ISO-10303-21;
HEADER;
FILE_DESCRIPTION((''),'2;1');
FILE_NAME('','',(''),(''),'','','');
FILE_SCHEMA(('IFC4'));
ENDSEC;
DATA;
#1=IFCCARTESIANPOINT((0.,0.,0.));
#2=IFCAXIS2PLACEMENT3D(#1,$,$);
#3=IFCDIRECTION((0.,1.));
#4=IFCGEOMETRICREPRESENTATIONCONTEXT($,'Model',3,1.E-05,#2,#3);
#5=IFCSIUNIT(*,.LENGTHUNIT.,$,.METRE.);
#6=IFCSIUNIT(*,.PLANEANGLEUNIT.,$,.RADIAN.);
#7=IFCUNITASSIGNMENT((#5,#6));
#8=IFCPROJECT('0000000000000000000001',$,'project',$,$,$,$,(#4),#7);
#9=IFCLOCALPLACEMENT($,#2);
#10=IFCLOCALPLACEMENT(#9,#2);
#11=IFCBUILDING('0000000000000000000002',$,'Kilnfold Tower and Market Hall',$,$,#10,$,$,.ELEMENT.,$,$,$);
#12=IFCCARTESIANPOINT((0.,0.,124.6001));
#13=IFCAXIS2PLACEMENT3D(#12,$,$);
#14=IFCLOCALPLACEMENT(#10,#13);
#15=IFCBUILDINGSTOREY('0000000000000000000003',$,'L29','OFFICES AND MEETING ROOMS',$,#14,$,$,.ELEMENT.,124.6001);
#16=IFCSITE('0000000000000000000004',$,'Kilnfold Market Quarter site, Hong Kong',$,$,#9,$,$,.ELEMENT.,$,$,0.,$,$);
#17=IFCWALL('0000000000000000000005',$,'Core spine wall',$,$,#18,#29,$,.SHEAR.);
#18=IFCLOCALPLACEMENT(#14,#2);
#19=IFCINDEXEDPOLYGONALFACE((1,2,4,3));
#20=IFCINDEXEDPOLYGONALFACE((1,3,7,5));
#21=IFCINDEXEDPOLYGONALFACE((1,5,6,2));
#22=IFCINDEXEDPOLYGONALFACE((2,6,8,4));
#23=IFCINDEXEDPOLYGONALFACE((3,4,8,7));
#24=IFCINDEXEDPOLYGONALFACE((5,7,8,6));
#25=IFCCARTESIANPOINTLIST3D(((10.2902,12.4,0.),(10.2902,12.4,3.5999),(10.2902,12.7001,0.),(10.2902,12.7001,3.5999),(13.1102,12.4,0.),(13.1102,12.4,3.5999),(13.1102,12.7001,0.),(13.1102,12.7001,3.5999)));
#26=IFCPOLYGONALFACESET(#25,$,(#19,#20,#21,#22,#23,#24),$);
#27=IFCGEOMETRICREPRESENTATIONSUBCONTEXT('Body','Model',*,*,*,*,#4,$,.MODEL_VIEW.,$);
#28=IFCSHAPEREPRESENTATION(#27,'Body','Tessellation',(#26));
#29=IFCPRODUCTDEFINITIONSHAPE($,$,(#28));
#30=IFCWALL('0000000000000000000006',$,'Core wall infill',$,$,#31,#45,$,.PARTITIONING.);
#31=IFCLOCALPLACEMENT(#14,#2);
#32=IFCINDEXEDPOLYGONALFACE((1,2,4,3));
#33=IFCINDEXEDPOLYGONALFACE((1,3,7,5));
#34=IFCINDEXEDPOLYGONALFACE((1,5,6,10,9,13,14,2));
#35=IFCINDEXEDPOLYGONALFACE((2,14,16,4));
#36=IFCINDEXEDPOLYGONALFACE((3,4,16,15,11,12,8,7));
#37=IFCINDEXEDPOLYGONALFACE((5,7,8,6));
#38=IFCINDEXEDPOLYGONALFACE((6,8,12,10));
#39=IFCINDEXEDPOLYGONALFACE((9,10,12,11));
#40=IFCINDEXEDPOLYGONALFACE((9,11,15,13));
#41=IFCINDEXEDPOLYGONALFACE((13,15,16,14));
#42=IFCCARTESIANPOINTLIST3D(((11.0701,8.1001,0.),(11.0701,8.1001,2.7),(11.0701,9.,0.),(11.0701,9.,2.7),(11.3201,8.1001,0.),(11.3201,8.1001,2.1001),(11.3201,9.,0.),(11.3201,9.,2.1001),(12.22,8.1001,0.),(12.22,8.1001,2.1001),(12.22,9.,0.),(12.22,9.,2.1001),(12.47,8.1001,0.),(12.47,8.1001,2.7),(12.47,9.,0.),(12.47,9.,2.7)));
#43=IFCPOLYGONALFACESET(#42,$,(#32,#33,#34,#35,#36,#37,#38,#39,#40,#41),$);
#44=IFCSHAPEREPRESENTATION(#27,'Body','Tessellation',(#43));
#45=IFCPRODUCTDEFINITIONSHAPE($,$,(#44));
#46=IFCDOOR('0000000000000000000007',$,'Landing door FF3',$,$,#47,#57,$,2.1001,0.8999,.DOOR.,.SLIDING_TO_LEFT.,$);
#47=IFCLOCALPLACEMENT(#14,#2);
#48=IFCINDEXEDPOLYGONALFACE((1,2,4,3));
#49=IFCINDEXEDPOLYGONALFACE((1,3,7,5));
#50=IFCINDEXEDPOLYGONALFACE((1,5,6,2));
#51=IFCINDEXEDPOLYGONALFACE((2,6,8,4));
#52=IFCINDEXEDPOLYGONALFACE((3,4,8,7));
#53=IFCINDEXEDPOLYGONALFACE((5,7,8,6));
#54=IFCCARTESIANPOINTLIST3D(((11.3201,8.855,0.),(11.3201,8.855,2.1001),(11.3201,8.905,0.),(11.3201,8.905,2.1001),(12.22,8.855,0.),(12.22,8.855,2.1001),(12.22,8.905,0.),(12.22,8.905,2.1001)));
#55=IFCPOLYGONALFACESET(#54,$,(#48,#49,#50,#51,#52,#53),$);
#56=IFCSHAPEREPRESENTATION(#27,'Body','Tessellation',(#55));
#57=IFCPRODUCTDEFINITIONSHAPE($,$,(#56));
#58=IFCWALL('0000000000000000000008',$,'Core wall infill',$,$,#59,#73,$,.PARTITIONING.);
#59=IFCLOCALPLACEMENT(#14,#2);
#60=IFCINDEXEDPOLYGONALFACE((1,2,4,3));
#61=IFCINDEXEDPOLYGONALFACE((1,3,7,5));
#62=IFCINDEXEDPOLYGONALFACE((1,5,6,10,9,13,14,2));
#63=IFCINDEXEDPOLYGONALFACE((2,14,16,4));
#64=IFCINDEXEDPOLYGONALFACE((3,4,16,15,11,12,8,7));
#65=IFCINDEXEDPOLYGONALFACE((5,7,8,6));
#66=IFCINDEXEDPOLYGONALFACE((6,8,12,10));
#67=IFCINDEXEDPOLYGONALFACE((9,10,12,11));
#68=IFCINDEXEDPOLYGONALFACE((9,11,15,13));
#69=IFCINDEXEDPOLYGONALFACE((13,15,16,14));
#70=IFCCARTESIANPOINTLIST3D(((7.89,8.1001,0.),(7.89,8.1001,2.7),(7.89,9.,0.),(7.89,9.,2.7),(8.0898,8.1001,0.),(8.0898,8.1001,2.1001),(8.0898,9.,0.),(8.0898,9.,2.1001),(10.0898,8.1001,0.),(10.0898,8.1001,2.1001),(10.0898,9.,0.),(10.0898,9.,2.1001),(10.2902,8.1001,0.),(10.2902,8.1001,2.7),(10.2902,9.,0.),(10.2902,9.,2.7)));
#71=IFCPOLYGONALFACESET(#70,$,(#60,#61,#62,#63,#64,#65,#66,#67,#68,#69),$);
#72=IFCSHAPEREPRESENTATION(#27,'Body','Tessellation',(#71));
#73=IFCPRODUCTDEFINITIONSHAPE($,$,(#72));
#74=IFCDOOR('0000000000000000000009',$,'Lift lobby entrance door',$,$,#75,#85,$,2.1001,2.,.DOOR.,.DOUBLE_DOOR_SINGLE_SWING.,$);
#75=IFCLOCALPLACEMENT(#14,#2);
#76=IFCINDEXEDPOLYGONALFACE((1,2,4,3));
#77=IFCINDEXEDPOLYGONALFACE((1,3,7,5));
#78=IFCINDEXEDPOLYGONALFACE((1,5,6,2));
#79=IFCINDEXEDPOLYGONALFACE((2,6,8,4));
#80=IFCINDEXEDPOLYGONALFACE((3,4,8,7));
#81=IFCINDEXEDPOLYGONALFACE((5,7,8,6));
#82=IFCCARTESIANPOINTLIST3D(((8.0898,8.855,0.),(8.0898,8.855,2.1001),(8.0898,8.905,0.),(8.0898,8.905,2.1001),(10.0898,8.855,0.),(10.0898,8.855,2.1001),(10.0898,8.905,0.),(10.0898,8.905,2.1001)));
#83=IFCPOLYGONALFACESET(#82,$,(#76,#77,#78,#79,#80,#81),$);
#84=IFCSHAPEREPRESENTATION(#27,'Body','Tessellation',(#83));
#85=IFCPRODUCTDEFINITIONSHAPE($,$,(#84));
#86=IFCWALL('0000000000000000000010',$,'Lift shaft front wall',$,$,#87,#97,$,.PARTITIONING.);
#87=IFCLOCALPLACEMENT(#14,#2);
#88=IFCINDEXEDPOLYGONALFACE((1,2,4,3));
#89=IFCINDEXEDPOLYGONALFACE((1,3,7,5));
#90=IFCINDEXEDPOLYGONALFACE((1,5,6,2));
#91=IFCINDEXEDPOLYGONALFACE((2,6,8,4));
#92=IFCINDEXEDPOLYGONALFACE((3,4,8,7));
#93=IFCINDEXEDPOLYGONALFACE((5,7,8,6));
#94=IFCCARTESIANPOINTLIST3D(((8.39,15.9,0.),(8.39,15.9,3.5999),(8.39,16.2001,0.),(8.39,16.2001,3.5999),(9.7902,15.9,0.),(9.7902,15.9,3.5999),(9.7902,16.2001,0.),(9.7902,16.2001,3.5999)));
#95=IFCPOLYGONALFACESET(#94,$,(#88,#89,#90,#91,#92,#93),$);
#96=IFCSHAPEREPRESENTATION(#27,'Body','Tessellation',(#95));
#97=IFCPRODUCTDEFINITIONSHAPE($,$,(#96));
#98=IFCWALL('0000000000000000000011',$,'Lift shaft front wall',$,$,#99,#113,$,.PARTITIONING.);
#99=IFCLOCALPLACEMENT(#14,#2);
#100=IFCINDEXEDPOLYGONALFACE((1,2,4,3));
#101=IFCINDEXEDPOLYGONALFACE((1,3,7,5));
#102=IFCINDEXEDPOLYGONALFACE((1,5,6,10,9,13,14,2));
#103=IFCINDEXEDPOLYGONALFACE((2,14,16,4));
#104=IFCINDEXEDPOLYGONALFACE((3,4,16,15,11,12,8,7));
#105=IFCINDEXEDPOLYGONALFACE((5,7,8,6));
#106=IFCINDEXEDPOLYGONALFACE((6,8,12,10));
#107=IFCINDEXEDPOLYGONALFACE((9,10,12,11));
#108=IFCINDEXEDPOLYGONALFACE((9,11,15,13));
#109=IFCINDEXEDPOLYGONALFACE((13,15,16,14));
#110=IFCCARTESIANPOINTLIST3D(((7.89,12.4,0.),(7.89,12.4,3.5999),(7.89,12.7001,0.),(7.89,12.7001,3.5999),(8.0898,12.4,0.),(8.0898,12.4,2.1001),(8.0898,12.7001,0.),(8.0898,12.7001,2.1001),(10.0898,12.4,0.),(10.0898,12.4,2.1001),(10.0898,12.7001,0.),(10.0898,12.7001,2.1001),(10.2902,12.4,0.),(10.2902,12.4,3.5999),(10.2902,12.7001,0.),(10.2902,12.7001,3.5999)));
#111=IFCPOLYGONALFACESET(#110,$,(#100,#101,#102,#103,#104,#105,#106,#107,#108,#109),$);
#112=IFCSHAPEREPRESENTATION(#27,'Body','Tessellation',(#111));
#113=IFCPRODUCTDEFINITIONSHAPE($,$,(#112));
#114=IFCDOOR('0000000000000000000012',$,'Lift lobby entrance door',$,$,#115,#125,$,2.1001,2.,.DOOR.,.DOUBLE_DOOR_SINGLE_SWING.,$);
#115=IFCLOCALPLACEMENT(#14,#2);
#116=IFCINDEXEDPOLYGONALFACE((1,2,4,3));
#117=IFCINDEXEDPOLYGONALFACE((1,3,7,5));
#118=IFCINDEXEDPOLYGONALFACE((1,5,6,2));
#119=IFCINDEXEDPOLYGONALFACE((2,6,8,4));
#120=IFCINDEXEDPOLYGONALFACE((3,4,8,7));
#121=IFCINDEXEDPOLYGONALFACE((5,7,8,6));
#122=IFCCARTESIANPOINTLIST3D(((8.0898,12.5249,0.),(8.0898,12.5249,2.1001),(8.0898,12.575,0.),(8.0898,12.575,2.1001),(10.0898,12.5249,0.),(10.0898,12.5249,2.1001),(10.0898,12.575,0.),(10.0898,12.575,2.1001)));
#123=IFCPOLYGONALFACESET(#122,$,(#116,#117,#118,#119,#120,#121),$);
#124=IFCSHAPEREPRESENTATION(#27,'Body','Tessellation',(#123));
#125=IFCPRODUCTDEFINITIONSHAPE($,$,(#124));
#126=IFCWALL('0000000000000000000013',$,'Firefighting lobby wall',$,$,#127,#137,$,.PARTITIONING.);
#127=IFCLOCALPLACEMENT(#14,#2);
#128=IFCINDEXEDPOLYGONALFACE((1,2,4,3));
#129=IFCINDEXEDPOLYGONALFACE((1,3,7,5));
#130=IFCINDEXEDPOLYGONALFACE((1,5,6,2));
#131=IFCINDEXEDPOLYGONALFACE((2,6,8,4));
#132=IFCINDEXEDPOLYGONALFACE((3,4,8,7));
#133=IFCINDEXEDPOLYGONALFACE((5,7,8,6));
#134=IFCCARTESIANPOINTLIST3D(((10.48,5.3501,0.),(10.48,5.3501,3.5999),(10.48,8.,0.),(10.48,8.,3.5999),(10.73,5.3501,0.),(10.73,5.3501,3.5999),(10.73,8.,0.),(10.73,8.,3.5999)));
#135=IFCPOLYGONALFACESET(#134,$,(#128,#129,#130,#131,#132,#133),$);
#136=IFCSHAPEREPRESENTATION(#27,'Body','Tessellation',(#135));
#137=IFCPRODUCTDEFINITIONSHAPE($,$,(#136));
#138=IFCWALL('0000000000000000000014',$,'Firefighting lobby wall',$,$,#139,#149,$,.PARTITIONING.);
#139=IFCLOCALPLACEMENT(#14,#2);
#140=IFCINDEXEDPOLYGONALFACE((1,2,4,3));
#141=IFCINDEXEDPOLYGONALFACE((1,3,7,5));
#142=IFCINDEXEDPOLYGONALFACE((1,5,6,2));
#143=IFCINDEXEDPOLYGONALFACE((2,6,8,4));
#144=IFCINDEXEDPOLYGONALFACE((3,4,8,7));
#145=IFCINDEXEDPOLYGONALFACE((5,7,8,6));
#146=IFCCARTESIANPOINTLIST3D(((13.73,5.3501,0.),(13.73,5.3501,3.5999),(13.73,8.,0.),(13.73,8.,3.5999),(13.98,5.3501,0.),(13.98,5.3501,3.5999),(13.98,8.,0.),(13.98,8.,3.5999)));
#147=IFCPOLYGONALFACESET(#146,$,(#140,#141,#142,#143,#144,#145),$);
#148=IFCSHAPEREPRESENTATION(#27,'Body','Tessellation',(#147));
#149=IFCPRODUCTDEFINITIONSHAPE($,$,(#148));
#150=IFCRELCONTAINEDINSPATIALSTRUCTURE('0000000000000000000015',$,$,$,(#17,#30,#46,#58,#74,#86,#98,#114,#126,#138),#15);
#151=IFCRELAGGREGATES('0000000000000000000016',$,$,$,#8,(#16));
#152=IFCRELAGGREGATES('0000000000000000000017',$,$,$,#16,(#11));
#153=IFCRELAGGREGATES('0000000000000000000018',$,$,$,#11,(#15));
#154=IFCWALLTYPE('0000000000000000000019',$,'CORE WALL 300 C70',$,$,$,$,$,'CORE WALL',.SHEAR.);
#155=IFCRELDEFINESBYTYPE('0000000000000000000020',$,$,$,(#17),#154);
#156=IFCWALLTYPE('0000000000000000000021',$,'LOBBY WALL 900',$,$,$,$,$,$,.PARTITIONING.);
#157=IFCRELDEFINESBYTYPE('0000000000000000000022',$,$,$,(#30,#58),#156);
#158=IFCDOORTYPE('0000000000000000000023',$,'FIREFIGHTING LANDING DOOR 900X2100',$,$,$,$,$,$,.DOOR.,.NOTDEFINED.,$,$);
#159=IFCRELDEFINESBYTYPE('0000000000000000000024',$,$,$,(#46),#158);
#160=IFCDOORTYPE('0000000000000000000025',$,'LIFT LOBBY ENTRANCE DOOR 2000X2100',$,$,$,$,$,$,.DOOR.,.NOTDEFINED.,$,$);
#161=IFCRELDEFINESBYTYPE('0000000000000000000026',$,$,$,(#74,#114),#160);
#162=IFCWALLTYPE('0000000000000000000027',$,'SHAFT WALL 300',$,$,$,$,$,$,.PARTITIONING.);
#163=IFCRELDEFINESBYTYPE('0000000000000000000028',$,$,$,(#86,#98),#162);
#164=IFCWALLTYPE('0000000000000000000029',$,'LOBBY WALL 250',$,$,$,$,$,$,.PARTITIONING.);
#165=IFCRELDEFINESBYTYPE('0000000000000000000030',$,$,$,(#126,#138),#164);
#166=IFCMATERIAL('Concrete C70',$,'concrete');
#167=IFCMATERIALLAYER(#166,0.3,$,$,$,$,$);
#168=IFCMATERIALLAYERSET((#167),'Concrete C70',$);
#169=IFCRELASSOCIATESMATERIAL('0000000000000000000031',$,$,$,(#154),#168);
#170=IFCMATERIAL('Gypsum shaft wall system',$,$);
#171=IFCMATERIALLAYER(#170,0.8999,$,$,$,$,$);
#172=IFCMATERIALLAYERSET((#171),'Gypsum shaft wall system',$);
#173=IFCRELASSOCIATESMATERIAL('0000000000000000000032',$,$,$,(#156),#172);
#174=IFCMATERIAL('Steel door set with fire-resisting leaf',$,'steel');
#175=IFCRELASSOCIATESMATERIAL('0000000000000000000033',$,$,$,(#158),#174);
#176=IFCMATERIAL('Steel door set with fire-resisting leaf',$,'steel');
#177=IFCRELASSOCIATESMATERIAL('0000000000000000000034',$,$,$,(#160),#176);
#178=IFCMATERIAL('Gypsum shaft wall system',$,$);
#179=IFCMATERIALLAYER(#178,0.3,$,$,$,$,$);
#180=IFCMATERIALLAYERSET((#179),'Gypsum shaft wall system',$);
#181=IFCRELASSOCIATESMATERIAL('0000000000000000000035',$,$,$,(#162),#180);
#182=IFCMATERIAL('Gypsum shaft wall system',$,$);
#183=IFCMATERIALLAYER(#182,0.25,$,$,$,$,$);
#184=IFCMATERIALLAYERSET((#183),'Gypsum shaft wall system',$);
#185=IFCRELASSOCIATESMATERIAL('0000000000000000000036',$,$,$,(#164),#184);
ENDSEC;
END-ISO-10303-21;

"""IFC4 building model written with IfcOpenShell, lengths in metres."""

from ifc_helpers import new_model, si_unit, direction, frame, frame_2d, origin, place, context, subcontext, project, spatial, rectangle, extrude, source, transform, mapped, material, layer, layer_set, type_object, element, fill, save


model = new_model("IFC4")

# Units and contexts
model_context = context("Model", 3, precision=1e-05, world=origin(), true_north=direction((0.0, 1.0)))
body_context = subcontext(model_context, "Body", "Model", "MODEL_VIEW")
ifc_project = project(units=[si_unit("LENGTHUNIT", "METRE"), si_unit("PLANEANGLEUNIT", "RADIAN")], contexts=[model_context])

# Site, building, storey
site_placement = place(None, origin())
site = spatial("IfcSite", under=ifc_project, at=site_placement, Name="Kilnfold Market Quarter site, Hong Kong", CompositionType="ELEMENT", RefElevation=0.0)
building_placement = place(site_placement, origin())
building = spatial("IfcBuilding", under=site, at=building_placement, Name="Kilnfold Tower and Market Hall", CompositionType="ELEMENT")
storey_placement = place(building_placement, frame((0.0, 0.0, 124.6001)))
storey = spatial("IfcBuildingStorey", under=building, at=storey_placement, Name="L29", Description="OFFICES AND MEETING ROOMS", CompositionType="ELEMENT", Elevation=124.6001)

# Wall
ifc_material_1 = material(Name="Concrete C70", Category="concrete")
ifc_layer_1 = layer(ifc_material_1, 0.3)
ifc_layer_set_1 = layer_set([ifc_layer_1], Name="Concrete C70")
wall_type_1 = type_object("IfcWallType", Name="CORE WALL 300 C70", ElementType="CORE WALL", PredefinedType="SHEAR", material=ifc_layer_set_1)
shared_shape_1 = source(origin(), body_context, "Body", "SweptSolid", [
    extrude(rectangle(XDim=2.8201, YDim=0.3, at=frame_2d((1.4102, 0.0))), origin(), (0.0, 0.0, 1.0), 3.5999),
])
wall_1_placement = place(storey_placement, frame((10.29, 12.55, 0.0), z_axis=(0.0, 0.0, 1.0), x_axis=(1.0, 0.0, 0.0)))
element("IfcWall", 1, at=wall_1_placement, inside=storey, type_object=wall_type_1, Name="Core spine wall", PredefinedType="SHEAR", context=body_context, shape_type="MappedRepresentation", body=[
    mapped(shared_shape_1, transform((0.0, 0.0, 0.0))),
])

# Walls, openings, doors
ifc_material_2 = material(Name="Gypsum shaft wall system")
ifc_layer_2 = layer(ifc_material_2, 0.8999)
ifc_layer_set_2 = layer_set([ifc_layer_2], Name="Gypsum shaft wall system")
wall_type_2 = type_object("IfcWallType", Name="LOBBY WALL 900", PredefinedType="PARTITIONING", material=ifc_layer_set_2)
shared_shape_2 = source(origin(), body_context, "Body", "SweptSolid", [
    extrude(rectangle(XDim=1.3999, YDim=0.8999, at=frame_2d((0.7, 0.0))), origin(), (0.0, 0.0, 1.0), 2.7),
])
wall_2_placement = place(storey_placement, frame((11.0701, 8.55, 0.0), z_axis=(0.0, 0.0, 1.0), x_axis=(1.0, 0.0, 0.0)))
wall_2 = element("IfcWall", 2, at=wall_2_placement, inside=storey, type_object=wall_type_2, Name="Core wall infill", PredefinedType="PARTITIONING", context=body_context, shape_type="MappedRepresentation", body=[
    mapped(shared_shape_2, transform((0.0, 0.0, 0.0))),
])
opening_1_placement = place(wall_2_placement, frame((0.25, 0.0, 0.0)))
opening_1 = element("IfcOpeningElement", 3, at=opening_1_placement, cuts=wall_2, PredefinedType="OPENING", context=body_context, shape_type="SweptSolid", body=[
    extrude(rectangle(XDim=0.8999, YDim=2.1001, at=frame_2d((0.45, 1.05))), frame((0.0, 0.46, 0.0), z_axis=(0.0, -1.0, 0.0), x_axis=(1.0, 0.0, 0.0)), (0.0, 0.0, 1.0), 0.9199),
])
ifc_material_3 = material(Name="Steel door set with fire-resisting leaf", Category="steel")
door_type_1 = type_object("IfcDoorType", Name="FIREFIGHTING LANDING DOOR 900X2100", OperationType="NOTDEFINED", PredefinedType="DOOR", material=ifc_material_3)
door_1_placement = place(opening_1_placement, origin())
door_1 = element("IfcDoor", 4, at=door_1_placement, inside=storey, type_object=door_type_1, Name="Landing door FF3", OperationType="SLIDING_TO_LEFT", OverallHeight=2.1001, OverallWidth=0.8999, PredefinedType="DOOR", context=body_context, shape_type="SweptSolid", body=[
    extrude(rectangle(XDim=0.8999, YDim=2.1001, at=frame_2d((0.45, 1.05))), frame((0.0, 0.355, 0.0), z_axis=(0.0, -1.0, 0.0), x_axis=(1.0, 0.0, 0.0)), (0.0, 0.0, 1.0), 0.05),
])
fill(opening_1, door_1)
shared_shape_3 = source(origin(), body_context, "Body", "SweptSolid", [
    extrude(rectangle(XDim=2.4001, YDim=0.8999, at=frame_2d((1.2002, 0.0))), origin(), (0.0, 0.0, 1.0), 2.7),
])
wall_3_placement = place(storey_placement, frame((7.8899, 8.55, 0.0), z_axis=(0.0, 0.0, 1.0), x_axis=(1.0, 0.0, 0.0)))
wall_3 = element("IfcWall", 5, at=wall_3_placement, inside=storey, type_object=wall_type_2, Name="Core wall infill", PredefinedType="PARTITIONING", context=body_context, shape_type="MappedRepresentation", body=[
    mapped(shared_shape_3, transform((0.0, 0.0, 0.0))),
])
opening_2_placement = place(wall_3_placement, frame((0.2, 0.0, 0.0)))
opening_2 = element("IfcOpeningElement", 6, at=opening_2_placement, cuts=wall_3, PredefinedType="OPENING", context=body_context, shape_type="SweptSolid", body=[
    extrude(rectangle(XDim=2.0, YDim=2.1001, at=frame_2d((1.0, 1.05))), frame((0.0, 0.46, 0.0), z_axis=(0.0, -1.0, 0.0), x_axis=(1.0, 0.0, 0.0)), (0.0, 0.0, 1.0), 0.9199),
])
ifc_material_4 = material(Name="Steel door set with fire-resisting leaf", Category="steel")
door_type_2 = type_object("IfcDoorType", Name="LIFT LOBBY ENTRANCE DOOR 2000X2100", OperationType="NOTDEFINED", PredefinedType="DOOR", material=ifc_material_4)
door_2_placement = place(opening_2_placement, origin())
door_2 = element("IfcDoor", 7, at=door_2_placement, inside=storey, type_object=door_type_2, Name="Lift lobby entrance door", OperationType="DOUBLE_DOOR_SINGLE_SWING", OverallHeight=2.1001, OverallWidth=2.0, PredefinedType="DOOR", context=body_context, shape_type="SweptSolid", body=[
    extrude(rectangle(XDim=2.0, YDim=2.1001, at=frame_2d((1.0, 1.05))), frame((0.0, 0.355, 0.0), z_axis=(0.0, -1.0, 0.0), x_axis=(1.0, 0.0, 0.0)), (0.0, 0.0, 1.0), 0.05),
])
fill(opening_2, door_2)

# Wall
ifc_material_5 = material(Name="Gypsum shaft wall system")
ifc_layer_3 = layer(ifc_material_5, 0.3)
ifc_layer_set_3 = layer_set([ifc_layer_3], Name="Gypsum shaft wall system")
wall_type_3 = type_object("IfcWallType", Name="SHAFT WALL 300", PredefinedType="PARTITIONING", material=ifc_layer_set_3)
shared_shape_4 = source(origin(), body_context, "Body", "SweptSolid", [
    extrude(rectangle(XDim=1.4001, YDim=0.3, at=frame_2d((0.7002, 0.0))), origin(), (0.0, 0.0, 1.0), 3.5999),
])
wall_4_placement = place(storey_placement, frame((8.3899, 16.05, 0.0), z_axis=(0.0, 0.0, 1.0), x_axis=(1.0, 0.0, 0.0)))
element("IfcWall", 8, at=wall_4_placement, inside=storey, type_object=wall_type_3, Name="Lift shaft front wall", PredefinedType="PARTITIONING", context=body_context, shape_type="MappedRepresentation", body=[
    mapped(shared_shape_4, transform((0.0, 0.0, 0.0))),
])

# Wall, opening, door
shared_shape_5 = source(origin(), body_context, "Body", "SweptSolid", [
    extrude(rectangle(XDim=2.4001, YDim=0.3, at=frame_2d((1.2002, 0.0))), origin(), (0.0, 0.0, 1.0), 3.5999),
])
wall_5_placement = place(storey_placement, frame((7.8899, 12.55, 0.0), z_axis=(0.0, 0.0, 1.0), x_axis=(1.0, 0.0, 0.0)))
wall_5 = element("IfcWall", 9, at=wall_5_placement, inside=storey, type_object=wall_type_3, Name="Lift shaft front wall", PredefinedType="PARTITIONING", context=body_context, shape_type="MappedRepresentation", body=[
    mapped(shared_shape_5, transform((0.0, 0.0, 0.0))),
])
opening_3_placement = place(wall_5_placement, frame((0.2, 0.0, 0.0)))
opening_3 = element("IfcOpeningElement", 10, at=opening_3_placement, cuts=wall_5, PredefinedType="OPENING", context=body_context, shape_type="SweptSolid", body=[
    extrude(rectangle(XDim=2.0, YDim=2.1001, at=frame_2d((1.0, 1.05))), frame((0.0, 0.1602, 0.0), z_axis=(0.0, -1.0, 0.0), x_axis=(1.0, 0.0, 0.0)), (0.0, 0.0, 1.0), 0.3201),
])
door_3_placement = place(opening_3_placement, origin())
door_3 = element("IfcDoor", 11, at=door_3_placement, inside=storey, type_object=door_type_2, Name="Lift lobby entrance door", OperationType="DOUBLE_DOOR_SINGLE_SWING", OverallHeight=2.1001, OverallWidth=2.0, PredefinedType="DOOR", context=body_context, shape_type="SweptSolid", body=[
    extrude(rectangle(XDim=2.0, YDim=2.1001, at=frame_2d((1.0, 1.05))), frame((0.0, 0.0249, 0.0), z_axis=(0.0, -1.0, 0.0), x_axis=(1.0, 0.0, 0.0)), (0.0, 0.0, 1.0), 0.05),
])
fill(opening_3, door_3)

# Walls
ifc_material_6 = material(Name="Gypsum shaft wall system")
ifc_layer_4 = layer(ifc_material_6, 0.25)
ifc_layer_set_4 = layer_set([ifc_layer_4], Name="Gypsum shaft wall system")
wall_type_4 = type_object("IfcWallType", Name="LOBBY WALL 250", PredefinedType="PARTITIONING", material=ifc_layer_set_4)
shared_shape_6 = source(origin(), body_context, "Body", "SweptSolid", [
    extrude(rectangle(XDim=2.6499, YDim=0.25, at=frame_2d((1.325, 0.0))), origin(), (0.0, 0.0, 1.0), 3.5999),
])
for number, where, z_axis, x_axis, name in (
    (12, (10.605, 5.3501, 0.0), (0.0, 0.0, 1.0), (0.0, 1.0, 0.0), "Firefighting lobby wall"),
    (13, (13.855, 5.3501, 0.0), (0.0, 0.0, 1.0), (0.0, 1.0, 0.0), "Firefighting lobby wall"),
):
    element("IfcWall", number, at=place(storey_placement, frame(where, z_axis=z_axis, x_axis=x_axis)), inside=storey, type_object=wall_type_4, Name=name, PredefinedType="PARTITIONING", context=body_context, shape_type="MappedRepresentation", body=[
        mapped(shared_shape_6, transform((0.0, 0.0, 0.0))),
    ])

save(model, "model.ifc")
